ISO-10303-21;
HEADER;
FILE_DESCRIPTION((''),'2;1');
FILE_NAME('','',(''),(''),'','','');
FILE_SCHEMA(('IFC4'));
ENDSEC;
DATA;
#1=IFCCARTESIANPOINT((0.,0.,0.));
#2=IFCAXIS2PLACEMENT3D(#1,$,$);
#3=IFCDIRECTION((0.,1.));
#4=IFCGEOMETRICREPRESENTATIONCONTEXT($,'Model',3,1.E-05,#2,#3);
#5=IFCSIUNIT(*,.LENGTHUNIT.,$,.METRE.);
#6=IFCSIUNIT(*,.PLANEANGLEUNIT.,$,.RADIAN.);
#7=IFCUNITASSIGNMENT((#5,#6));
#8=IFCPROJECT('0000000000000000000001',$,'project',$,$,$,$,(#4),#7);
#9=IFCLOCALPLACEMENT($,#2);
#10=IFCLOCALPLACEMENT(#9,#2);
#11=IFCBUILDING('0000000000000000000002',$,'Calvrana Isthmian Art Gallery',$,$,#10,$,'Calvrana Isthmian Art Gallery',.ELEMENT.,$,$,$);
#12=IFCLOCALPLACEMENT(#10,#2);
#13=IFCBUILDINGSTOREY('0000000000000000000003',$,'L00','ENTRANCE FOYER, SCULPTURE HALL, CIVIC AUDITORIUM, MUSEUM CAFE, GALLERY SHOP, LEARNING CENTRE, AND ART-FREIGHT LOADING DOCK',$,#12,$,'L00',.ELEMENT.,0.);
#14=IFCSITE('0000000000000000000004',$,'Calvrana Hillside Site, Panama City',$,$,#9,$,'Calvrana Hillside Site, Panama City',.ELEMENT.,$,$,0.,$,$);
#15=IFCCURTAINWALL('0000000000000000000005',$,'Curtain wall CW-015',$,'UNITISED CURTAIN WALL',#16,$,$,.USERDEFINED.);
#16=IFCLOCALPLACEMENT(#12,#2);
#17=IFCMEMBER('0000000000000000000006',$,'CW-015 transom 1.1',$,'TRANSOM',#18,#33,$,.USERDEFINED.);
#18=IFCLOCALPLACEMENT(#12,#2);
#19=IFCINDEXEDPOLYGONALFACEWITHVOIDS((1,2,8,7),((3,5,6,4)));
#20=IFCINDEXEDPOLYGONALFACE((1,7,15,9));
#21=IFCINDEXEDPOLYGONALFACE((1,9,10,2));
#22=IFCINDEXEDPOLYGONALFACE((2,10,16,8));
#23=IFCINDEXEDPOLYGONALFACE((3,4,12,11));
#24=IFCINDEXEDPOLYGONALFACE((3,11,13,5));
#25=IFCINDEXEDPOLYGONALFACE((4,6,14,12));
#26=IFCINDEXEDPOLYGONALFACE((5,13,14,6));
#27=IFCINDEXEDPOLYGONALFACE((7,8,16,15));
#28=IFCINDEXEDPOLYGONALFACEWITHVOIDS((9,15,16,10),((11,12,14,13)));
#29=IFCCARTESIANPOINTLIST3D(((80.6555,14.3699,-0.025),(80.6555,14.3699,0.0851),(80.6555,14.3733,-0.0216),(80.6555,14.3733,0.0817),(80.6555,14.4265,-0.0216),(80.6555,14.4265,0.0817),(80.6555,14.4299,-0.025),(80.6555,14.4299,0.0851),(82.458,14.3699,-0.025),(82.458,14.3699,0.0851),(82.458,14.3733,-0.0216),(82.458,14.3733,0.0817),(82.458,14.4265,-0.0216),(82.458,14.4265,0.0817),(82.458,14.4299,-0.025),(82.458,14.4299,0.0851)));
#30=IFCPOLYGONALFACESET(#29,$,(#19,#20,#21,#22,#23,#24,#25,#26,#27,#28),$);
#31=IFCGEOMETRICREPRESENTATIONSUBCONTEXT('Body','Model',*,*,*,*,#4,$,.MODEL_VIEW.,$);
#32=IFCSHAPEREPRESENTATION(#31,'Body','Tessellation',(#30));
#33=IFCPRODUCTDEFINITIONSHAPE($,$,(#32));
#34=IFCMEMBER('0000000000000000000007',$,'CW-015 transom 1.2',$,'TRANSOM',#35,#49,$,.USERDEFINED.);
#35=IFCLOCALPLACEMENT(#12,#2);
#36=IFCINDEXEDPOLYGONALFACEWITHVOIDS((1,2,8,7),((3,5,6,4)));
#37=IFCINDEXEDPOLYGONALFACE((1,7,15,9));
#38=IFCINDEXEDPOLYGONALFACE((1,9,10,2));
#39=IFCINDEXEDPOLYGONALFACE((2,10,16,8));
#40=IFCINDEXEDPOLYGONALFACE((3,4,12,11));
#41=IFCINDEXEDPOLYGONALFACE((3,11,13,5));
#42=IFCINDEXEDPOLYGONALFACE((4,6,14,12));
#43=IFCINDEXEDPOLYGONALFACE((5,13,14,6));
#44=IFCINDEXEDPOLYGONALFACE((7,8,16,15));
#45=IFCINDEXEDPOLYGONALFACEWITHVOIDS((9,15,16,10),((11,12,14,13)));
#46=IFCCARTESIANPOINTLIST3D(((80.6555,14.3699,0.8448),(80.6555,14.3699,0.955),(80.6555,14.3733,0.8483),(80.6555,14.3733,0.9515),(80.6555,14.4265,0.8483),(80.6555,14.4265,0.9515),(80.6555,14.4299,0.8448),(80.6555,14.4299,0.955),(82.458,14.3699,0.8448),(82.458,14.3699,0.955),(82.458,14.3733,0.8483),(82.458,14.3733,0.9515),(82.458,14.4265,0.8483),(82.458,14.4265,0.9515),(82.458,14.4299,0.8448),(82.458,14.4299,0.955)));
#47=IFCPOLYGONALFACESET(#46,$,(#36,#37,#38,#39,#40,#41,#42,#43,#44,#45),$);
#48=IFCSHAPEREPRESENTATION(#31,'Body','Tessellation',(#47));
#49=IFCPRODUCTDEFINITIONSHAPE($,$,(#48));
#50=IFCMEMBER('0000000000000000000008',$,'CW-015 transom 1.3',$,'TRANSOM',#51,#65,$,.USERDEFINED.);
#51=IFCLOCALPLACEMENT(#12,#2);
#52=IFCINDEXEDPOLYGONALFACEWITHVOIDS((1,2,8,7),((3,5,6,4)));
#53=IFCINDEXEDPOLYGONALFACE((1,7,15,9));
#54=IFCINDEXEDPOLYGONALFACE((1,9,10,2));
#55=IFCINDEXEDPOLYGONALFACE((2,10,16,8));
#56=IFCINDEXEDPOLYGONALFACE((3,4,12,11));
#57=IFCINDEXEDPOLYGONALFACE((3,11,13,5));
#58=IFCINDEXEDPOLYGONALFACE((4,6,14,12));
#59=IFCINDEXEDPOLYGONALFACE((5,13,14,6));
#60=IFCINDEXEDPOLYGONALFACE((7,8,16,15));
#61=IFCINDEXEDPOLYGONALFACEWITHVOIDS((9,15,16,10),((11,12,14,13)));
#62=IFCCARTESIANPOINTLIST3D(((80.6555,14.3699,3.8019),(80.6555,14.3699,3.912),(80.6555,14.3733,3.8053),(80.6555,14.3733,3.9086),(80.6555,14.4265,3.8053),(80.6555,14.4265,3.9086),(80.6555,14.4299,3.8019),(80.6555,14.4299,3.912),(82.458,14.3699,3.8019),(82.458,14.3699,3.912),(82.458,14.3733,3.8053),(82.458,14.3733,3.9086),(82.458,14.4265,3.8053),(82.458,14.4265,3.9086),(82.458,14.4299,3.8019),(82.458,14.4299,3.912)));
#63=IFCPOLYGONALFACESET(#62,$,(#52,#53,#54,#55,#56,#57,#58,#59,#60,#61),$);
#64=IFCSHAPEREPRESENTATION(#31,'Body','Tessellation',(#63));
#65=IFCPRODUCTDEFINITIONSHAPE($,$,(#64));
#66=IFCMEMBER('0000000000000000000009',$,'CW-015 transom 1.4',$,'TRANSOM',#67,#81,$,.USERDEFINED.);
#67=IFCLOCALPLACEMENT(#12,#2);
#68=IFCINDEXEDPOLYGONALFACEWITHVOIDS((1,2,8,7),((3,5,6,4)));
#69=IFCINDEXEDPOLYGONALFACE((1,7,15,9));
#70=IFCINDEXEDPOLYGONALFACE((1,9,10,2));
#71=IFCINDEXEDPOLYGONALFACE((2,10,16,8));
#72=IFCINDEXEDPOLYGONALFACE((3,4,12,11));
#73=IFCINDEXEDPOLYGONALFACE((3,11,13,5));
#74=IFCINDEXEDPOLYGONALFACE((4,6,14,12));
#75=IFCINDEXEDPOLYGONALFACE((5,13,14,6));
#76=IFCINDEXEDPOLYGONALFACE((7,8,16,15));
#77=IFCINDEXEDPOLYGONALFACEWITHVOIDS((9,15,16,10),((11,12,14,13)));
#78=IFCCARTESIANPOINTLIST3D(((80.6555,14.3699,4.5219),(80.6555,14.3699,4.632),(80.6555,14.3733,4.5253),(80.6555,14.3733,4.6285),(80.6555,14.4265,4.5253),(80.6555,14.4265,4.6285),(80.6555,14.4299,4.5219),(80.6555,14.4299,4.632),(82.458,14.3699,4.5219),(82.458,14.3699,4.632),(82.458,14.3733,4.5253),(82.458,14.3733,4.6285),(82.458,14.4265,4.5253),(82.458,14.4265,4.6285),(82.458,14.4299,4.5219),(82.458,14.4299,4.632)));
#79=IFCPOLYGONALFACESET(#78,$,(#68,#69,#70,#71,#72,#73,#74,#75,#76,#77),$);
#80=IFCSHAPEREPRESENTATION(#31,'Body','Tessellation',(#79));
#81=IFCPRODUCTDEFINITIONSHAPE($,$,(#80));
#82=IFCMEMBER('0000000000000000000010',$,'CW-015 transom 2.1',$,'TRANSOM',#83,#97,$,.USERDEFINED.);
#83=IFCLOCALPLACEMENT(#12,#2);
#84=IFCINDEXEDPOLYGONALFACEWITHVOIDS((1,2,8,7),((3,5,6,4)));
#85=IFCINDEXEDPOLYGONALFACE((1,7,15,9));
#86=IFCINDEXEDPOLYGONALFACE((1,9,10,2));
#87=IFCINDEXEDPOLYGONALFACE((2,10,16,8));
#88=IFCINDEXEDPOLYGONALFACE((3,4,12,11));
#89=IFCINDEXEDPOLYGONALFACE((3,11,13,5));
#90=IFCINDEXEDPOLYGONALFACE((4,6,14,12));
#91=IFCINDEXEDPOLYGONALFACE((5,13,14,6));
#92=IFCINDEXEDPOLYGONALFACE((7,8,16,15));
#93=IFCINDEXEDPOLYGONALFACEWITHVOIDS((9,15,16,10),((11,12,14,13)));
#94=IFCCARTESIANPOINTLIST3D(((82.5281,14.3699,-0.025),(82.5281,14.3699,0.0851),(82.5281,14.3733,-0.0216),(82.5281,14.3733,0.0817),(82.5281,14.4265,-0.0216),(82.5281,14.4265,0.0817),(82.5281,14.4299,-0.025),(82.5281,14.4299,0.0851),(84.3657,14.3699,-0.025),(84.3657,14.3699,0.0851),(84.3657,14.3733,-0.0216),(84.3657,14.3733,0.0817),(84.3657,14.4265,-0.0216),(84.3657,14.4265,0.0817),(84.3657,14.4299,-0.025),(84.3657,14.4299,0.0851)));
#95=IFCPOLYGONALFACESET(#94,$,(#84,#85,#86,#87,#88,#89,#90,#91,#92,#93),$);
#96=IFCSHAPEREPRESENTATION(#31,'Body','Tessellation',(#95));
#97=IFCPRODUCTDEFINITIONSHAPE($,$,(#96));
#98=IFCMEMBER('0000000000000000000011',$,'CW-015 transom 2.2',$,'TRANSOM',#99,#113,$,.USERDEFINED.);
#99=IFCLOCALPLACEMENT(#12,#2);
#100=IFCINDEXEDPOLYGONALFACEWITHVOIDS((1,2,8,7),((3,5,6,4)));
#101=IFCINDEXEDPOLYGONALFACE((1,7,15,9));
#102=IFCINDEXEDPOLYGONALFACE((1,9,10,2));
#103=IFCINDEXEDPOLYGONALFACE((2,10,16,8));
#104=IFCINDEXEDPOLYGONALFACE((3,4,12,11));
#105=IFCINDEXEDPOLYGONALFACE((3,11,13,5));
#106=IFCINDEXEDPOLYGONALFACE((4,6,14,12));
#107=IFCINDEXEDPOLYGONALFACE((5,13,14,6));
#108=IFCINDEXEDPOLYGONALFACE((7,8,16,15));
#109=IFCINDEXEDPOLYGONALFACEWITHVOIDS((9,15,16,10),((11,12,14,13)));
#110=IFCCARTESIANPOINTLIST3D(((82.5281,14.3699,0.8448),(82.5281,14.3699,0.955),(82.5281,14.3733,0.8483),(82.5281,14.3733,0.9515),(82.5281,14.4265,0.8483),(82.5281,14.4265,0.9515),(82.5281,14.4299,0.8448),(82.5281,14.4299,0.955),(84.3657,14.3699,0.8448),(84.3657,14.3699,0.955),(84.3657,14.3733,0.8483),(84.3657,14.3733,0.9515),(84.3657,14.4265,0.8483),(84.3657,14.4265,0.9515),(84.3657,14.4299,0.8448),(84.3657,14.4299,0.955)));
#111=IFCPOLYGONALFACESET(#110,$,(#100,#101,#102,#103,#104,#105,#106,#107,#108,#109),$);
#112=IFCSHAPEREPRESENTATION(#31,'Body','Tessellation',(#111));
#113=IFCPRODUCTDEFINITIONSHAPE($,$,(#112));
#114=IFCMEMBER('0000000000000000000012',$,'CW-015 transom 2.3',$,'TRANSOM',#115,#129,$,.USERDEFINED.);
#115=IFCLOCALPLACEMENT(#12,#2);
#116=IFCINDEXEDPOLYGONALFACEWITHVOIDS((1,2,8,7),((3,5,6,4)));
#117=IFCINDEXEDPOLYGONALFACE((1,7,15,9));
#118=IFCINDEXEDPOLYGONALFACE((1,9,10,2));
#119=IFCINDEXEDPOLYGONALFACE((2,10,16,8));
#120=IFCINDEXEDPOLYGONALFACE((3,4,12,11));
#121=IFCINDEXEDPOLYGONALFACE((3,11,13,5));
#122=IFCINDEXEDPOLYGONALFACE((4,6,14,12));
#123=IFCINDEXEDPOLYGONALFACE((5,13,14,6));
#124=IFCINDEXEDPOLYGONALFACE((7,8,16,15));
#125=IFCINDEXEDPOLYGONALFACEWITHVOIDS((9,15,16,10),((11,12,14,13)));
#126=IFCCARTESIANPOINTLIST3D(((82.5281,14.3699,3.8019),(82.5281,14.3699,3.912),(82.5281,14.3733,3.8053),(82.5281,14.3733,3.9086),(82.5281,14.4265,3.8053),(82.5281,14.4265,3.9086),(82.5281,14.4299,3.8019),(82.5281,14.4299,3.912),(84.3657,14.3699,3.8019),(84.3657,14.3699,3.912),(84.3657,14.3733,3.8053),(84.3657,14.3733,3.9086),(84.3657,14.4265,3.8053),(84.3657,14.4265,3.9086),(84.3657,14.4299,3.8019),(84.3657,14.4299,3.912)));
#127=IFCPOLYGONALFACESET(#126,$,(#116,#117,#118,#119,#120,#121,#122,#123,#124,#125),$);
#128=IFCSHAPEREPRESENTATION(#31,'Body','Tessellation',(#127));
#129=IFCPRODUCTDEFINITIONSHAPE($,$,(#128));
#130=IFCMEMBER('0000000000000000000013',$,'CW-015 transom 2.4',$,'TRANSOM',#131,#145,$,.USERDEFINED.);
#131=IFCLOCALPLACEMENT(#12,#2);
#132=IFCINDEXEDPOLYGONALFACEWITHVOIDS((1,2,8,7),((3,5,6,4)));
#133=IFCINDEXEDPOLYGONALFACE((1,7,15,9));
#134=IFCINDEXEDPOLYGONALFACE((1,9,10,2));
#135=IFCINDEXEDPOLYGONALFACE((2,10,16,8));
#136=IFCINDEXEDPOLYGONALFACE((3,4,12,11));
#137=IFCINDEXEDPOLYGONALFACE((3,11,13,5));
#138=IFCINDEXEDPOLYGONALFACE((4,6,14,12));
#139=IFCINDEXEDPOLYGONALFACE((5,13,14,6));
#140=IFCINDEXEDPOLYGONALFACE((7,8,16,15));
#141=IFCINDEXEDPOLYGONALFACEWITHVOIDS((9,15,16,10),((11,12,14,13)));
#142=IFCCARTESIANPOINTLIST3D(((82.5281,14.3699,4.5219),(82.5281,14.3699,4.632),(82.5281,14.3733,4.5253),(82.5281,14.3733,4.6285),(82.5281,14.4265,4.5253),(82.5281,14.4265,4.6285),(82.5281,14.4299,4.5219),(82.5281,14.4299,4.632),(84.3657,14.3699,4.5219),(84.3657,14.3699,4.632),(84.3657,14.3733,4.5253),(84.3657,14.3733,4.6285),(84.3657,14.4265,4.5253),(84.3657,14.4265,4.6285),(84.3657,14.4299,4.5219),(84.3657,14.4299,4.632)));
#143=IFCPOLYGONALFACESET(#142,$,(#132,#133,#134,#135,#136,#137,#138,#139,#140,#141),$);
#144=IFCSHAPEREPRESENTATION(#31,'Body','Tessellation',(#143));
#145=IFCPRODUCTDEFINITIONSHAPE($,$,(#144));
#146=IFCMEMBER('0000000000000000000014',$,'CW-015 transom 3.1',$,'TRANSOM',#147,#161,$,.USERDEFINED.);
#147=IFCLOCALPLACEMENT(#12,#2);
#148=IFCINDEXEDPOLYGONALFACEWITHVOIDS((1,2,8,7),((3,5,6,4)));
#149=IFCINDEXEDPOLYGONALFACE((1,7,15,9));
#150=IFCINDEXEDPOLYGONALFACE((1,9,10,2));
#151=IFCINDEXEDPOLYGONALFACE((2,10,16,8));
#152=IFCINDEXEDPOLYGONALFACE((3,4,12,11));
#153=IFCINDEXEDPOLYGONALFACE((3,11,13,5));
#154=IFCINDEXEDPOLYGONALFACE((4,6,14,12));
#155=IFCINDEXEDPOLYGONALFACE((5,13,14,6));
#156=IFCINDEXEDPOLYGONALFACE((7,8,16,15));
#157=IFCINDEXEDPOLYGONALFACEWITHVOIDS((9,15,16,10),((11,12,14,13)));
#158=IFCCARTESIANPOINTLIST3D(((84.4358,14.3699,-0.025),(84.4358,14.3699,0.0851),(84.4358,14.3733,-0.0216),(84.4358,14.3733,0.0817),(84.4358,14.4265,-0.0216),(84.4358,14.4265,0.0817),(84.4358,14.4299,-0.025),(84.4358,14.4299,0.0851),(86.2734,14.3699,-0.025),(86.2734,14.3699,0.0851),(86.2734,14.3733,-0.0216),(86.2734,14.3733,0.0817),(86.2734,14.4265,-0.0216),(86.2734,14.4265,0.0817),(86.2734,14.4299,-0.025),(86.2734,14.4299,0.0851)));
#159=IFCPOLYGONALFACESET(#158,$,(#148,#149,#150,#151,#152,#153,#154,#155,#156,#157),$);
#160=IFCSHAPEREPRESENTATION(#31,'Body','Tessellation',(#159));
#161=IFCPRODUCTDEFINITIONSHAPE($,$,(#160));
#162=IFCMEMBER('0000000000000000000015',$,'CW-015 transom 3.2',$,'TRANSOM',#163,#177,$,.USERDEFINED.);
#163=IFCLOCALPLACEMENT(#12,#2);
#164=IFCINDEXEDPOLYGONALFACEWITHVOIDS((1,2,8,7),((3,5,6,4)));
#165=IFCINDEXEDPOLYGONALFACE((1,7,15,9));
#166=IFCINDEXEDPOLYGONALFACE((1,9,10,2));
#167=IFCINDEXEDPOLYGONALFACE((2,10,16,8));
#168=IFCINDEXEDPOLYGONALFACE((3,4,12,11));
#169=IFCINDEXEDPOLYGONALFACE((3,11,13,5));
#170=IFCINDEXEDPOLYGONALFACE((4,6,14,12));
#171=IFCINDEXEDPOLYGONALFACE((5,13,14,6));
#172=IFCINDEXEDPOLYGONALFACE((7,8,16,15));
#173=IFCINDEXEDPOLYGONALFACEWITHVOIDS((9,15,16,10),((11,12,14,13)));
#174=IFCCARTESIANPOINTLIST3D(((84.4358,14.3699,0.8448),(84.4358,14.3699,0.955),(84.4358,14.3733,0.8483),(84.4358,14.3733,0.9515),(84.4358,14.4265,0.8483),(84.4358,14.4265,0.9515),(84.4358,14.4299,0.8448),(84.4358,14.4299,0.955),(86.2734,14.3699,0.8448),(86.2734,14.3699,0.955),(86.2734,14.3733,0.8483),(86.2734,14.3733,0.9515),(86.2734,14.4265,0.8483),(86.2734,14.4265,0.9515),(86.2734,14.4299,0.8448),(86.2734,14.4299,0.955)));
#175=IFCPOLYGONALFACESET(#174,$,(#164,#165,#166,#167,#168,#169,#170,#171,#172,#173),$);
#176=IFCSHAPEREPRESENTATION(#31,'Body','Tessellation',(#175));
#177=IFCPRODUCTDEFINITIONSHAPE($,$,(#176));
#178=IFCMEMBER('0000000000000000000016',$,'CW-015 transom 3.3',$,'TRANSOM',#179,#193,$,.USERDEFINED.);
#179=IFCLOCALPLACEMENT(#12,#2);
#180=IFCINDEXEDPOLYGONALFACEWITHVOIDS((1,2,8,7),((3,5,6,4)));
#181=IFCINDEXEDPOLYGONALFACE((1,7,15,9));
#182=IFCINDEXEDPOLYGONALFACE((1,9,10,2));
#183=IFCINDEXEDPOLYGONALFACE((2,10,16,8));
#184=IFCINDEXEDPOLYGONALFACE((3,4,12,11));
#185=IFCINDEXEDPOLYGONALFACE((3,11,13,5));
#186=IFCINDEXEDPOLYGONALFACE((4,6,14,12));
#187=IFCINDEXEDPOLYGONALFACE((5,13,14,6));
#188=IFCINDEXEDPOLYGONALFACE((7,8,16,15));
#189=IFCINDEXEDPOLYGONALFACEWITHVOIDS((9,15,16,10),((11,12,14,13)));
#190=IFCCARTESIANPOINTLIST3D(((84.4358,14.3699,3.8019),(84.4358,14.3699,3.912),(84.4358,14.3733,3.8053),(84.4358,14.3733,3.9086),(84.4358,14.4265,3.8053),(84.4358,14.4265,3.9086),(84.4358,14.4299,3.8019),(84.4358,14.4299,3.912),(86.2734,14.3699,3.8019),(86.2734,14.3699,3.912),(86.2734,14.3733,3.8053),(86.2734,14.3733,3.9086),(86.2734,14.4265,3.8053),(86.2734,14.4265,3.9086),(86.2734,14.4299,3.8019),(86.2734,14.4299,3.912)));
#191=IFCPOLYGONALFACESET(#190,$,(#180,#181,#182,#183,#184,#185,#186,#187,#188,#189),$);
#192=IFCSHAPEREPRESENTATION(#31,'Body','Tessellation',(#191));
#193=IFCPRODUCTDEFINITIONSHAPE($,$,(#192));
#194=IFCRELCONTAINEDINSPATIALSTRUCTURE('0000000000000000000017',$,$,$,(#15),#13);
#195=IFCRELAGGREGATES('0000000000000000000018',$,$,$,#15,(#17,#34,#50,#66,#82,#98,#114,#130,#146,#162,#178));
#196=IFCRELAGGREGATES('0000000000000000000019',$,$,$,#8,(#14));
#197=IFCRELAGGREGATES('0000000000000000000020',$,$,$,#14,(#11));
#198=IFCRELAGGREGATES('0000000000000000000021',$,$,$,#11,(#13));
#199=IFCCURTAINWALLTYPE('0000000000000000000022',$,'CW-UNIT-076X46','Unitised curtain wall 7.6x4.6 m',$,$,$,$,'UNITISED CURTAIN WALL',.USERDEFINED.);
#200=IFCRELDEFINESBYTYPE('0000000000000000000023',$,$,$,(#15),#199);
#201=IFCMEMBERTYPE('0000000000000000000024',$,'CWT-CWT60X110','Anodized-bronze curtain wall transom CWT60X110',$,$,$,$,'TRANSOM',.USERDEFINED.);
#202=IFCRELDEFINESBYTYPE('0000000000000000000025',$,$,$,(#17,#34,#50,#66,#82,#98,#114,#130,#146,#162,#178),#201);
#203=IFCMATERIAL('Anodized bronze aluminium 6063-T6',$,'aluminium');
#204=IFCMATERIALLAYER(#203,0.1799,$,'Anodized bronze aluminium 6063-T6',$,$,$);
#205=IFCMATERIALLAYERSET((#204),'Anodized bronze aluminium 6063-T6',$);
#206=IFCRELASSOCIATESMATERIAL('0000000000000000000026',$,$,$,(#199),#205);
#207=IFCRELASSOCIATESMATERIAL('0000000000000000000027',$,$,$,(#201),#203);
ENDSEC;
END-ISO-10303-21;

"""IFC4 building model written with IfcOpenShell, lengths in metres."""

from ifc_helpers import new_model, si_unit, direction, frame, origin, origin_2d, place, context, subcontext, project, spatial, hollow_rectangle, extrude, material, layer, layer_set, material_profile, profile_set, type_object, element, aggregate, save


model = new_model("IFC4")

# Units and contexts
model_context = context("Model", 3, precision=1e-05, world=origin(), true_north=direction((0.0, 1.0)))
body_context = subcontext(model_context, "Body", "Model", "MODEL_VIEW")
ifc_project = project(units=[si_unit("LENGTHUNIT", "METRE"), si_unit("PLANEANGLEUNIT", "RADIAN")], contexts=[model_context])

# Site, building, storey
site_placement = place(None, origin())
site = spatial("IfcSite", under=ifc_project, at=site_placement, Name="Calvrana Hillside Site, Panama City", LongName="Calvrana Hillside Site, Panama City", CompositionType="ELEMENT", RefElevation=0.0)
building_placement = place(site_placement, origin())
building = spatial("IfcBuilding", under=site, at=building_placement, Name="Calvrana Isthmian Art Gallery", LongName="Calvrana Isthmian Art Gallery", CompositionType="ELEMENT")
storey_placement = place(building_placement, origin())
storey = spatial("IfcBuildingStorey", under=building, at=storey_placement, Name="L00", Description="ENTRANCE FOYER, SCULPTURE HALL, CIVIC AUDITORIUM, MUSEUM CAFE, GALLERY SHOP, LEARNING CENTRE, AND ART-FREIGHT LOADING DOCK", LongName="L00", CompositionType="ELEMENT", Elevation=0.0)

# Curtain wall
ifc_material_1 = material(Name="Anodized bronze aluminium 6063-T6", Category="aluminium")
ifc_layer_1 = layer(ifc_material_1, 0.1799, Name="Anodized bronze aluminium 6063-T6")
ifc_layer_set_1 = layer_set([ifc_layer_1], Name="Anodized bronze aluminium 6063-T6")
curtain_wall_type_1 = type_object("IfcCurtainWallType", Name="CW-UNIT-076X46", Description="Unitised curtain wall 7.6x4.6 m", ElementType="UNITISED CURTAIN WALL", PredefinedType="USERDEFINED", material=ifc_layer_set_1)
curtain_wall_1_placement = place(storey_placement, origin())
curtain_wall_1 = element("IfcCurtainWall", 1, at=curtain_wall_1_placement, inside=storey, type_object=curtain_wall_type_1, Name="Curtain wall CW-015", ObjectType="UNITISED CURTAIN WALL", PredefinedType="USERDEFINED")

# Members
ifc_material_profile_1 = material_profile(ifc_material_1, hollow_rectangle(XDim=0.0601, YDim=0.1101, WallThickness=0.0034, at=origin_2d()), Name="CWT60X110")
ifc_profile_set_1 = profile_set([ifc_material_profile_1], Name="Anodized bronze aluminium 6063-T6")
member_type_1 = type_object("IfcMemberType", Name="CWT-CWT60X110", Description="Anodized-bronze curtain wall transom CWT60X110", ElementType="TRANSOM", PredefinedType="USERDEFINED", material=ifc_profile_set_1)
member_1_placement = place(storey_placement, frame((80.6555, 14.3999, 0.03), z_axis=(1.0, 0.0, 0.0), x_axis=(0.0, 1.0, 0.0)))
member_1 = element("IfcMember", 2, at=member_1_placement, type_object=member_type_1, Name="CW-015 transom 1.1", ObjectType="TRANSOM", PredefinedType="USERDEFINED", context=body_context, shape_type="SweptSolid", body=[
    extrude(hollow_rectangle(XDim=0.0601, YDim=0.1101, WallThickness=0.0034, at=origin_2d()), origin(), (0.0, 0.0, 1.0), 1.8025),
])
member_2_placement = place(storey_placement, frame((80.6555, 14.3999, 0.8999), z_axis=(1.0, 0.0, 0.0), x_axis=(0.0, 1.0, 0.0)))
member_2 = element("IfcMember", 3, at=member_2_placement, type_object=member_type_1, Name="CW-015 transom 1.2", ObjectType="TRANSOM", PredefinedType="USERDEFINED", context=body_context, shape_type="SweptSolid", body=[
    extrude(hollow_rectangle(XDim=0.0601, YDim=0.1101, WallThickness=0.0034, at=origin_2d()), origin(), (0.0, 0.0, 1.0), 1.8025),
])
member_3_placement = place(storey_placement, frame((80.6555, 14.3999, 3.8569), z_axis=(1.0, 0.0, 0.0), x_axis=(0.0, 1.0, 0.0)))
member_3 = element("IfcMember", 4, at=member_3_placement, type_object=member_type_1, Name="CW-015 transom 1.3", ObjectType="TRANSOM", PredefinedType="USERDEFINED", context=body_context, shape_type="SweptSolid", body=[
    extrude(hollow_rectangle(XDim=0.0601, YDim=0.1101, WallThickness=0.0034, at=origin_2d()), origin(), (0.0, 0.0, 1.0), 1.8025),
])
member_4_placement = place(storey_placement, frame((80.6555, 14.3999, 4.5769), z_axis=(1.0, 0.0, 0.0), x_axis=(0.0, 1.0, 0.0)))
member_4 = element("IfcMember", 5, at=member_4_placement, type_object=member_type_1, Name="CW-015 transom 1.4", ObjectType="TRANSOM", PredefinedType="USERDEFINED", context=body_context, shape_type="SweptSolid", body=[
    extrude(hollow_rectangle(XDim=0.0601, YDim=0.1101, WallThickness=0.0034, at=origin_2d()), origin(), (0.0, 0.0, 1.0), 1.8025),
])
member_5_placement = place(storey_placement, frame((82.5281, 14.3999, 0.03), z_axis=(1.0, 0.0, 0.0), x_axis=(0.0, 1.0, 0.0)))
member_5 = element("IfcMember", 6, at=member_5_placement, type_object=member_type_1, Name="CW-015 transom 2.1", ObjectType="TRANSOM", PredefinedType="USERDEFINED", context=body_context, shape_type="SweptSolid", body=[
    extrude(hollow_rectangle(XDim=0.0601, YDim=0.1101, WallThickness=0.0034, at=origin_2d()), origin(), (0.0, 0.0, 1.0), 1.8376),
])
member_6_placement = place(storey_placement, frame((82.5281, 14.3999, 0.8999), z_axis=(1.0, 0.0, 0.0), x_axis=(0.0, 1.0, 0.0)))
member_6 = element("IfcMember", 7, at=member_6_placement, type_object=member_type_1, Name="CW-015 transom 2.2", ObjectType="TRANSOM", PredefinedType="USERDEFINED", context=body_context, shape_type="SweptSolid", body=[
    extrude(hollow_rectangle(XDim=0.0601, YDim=0.1101, WallThickness=0.0034, at=origin_2d()), origin(), (0.0, 0.0, 1.0), 1.8376),
])
member_7_placement = place(storey_placement, frame((82.5281, 14.3999, 3.8569), z_axis=(1.0, 0.0, 0.0), x_axis=(0.0, 1.0, 0.0)))
member_7 = element("IfcMember", 8, at=member_7_placement, type_object=member_type_1, Name="CW-015 transom 2.3", ObjectType="TRANSOM", PredefinedType="USERDEFINED", context=body_context, shape_type="SweptSolid", body=[
    extrude(hollow_rectangle(XDim=0.0601, YDim=0.1101, WallThickness=0.0034, at=origin_2d()), origin(), (0.0, 0.0, 1.0), 1.8376),
])
member_8_placement = place(storey_placement, frame((82.5281, 14.3999, 4.5769), z_axis=(1.0, 0.0, 0.0), x_axis=(0.0, 1.0, 0.0)))
member_8 = element("IfcMember", 9, at=member_8_placement, type_object=member_type_1, Name="CW-015 transom 2.4", ObjectType="TRANSOM", PredefinedType="USERDEFINED", context=body_context, shape_type="SweptSolid", body=[
    extrude(hollow_rectangle(XDim=0.0601, YDim=0.1101, WallThickness=0.0034, at=origin_2d()), origin(), (0.0, 0.0, 1.0), 1.8376),
])
member_9_placement = place(storey_placement, frame((84.4358, 14.3999, 0.03), z_axis=(1.0, 0.0, 0.0), x_axis=(0.0, 1.0, 0.0)))
member_9 = element("IfcMember", 10, at=member_9_placement, type_object=member_type_1, Name="CW-015 transom 3.1", ObjectType="TRANSOM", PredefinedType="USERDEFINED", context=body_context, shape_type="SweptSolid", body=[
    extrude(hollow_rectangle(XDim=0.0601, YDim=0.1101, WallThickness=0.0034, at=origin_2d()), origin(), (0.0, 0.0, 1.0), 1.8376),
])
member_10_placement = place(storey_placement, frame((84.4358, 14.3999, 0.8999), z_axis=(1.0, 0.0, 0.0), x_axis=(0.0, 1.0, 0.0)))
member_10 = element("IfcMember", 11, at=member_10_placement, type_object=member_type_1, Name="CW-015 transom 3.2", ObjectType="TRANSOM", PredefinedType="USERDEFINED", context=body_context, shape_type="SweptSolid", body=[
    extrude(hollow_rectangle(XDim=0.0601, YDim=0.1101, WallThickness=0.0034, at=origin_2d()), origin(), (0.0, 0.0, 1.0), 1.8376),
])
member_11_placement = place(storey_placement, frame((84.4358, 14.3999, 3.8569), z_axis=(1.0, 0.0, 0.0), x_axis=(0.0, 1.0, 0.0)))
member_11 = element("IfcMember", 12, at=member_11_placement, type_object=member_type_1, Name="CW-015 transom 3.3", ObjectType="TRANSOM", PredefinedType="USERDEFINED", context=body_context, shape_type="SweptSolid", body=[
    extrude(hollow_rectangle(XDim=0.0601, YDim=0.1101, WallThickness=0.0034, at=origin_2d()), origin(), (0.0, 0.0, 1.0), 1.8376),
])

aggregate(curtain_wall_1, [member_1, member_2, member_3, member_4, member_5, member_6, member_7, member_8, member_9, member_10, member_11])

save(model, "model.ifc")
